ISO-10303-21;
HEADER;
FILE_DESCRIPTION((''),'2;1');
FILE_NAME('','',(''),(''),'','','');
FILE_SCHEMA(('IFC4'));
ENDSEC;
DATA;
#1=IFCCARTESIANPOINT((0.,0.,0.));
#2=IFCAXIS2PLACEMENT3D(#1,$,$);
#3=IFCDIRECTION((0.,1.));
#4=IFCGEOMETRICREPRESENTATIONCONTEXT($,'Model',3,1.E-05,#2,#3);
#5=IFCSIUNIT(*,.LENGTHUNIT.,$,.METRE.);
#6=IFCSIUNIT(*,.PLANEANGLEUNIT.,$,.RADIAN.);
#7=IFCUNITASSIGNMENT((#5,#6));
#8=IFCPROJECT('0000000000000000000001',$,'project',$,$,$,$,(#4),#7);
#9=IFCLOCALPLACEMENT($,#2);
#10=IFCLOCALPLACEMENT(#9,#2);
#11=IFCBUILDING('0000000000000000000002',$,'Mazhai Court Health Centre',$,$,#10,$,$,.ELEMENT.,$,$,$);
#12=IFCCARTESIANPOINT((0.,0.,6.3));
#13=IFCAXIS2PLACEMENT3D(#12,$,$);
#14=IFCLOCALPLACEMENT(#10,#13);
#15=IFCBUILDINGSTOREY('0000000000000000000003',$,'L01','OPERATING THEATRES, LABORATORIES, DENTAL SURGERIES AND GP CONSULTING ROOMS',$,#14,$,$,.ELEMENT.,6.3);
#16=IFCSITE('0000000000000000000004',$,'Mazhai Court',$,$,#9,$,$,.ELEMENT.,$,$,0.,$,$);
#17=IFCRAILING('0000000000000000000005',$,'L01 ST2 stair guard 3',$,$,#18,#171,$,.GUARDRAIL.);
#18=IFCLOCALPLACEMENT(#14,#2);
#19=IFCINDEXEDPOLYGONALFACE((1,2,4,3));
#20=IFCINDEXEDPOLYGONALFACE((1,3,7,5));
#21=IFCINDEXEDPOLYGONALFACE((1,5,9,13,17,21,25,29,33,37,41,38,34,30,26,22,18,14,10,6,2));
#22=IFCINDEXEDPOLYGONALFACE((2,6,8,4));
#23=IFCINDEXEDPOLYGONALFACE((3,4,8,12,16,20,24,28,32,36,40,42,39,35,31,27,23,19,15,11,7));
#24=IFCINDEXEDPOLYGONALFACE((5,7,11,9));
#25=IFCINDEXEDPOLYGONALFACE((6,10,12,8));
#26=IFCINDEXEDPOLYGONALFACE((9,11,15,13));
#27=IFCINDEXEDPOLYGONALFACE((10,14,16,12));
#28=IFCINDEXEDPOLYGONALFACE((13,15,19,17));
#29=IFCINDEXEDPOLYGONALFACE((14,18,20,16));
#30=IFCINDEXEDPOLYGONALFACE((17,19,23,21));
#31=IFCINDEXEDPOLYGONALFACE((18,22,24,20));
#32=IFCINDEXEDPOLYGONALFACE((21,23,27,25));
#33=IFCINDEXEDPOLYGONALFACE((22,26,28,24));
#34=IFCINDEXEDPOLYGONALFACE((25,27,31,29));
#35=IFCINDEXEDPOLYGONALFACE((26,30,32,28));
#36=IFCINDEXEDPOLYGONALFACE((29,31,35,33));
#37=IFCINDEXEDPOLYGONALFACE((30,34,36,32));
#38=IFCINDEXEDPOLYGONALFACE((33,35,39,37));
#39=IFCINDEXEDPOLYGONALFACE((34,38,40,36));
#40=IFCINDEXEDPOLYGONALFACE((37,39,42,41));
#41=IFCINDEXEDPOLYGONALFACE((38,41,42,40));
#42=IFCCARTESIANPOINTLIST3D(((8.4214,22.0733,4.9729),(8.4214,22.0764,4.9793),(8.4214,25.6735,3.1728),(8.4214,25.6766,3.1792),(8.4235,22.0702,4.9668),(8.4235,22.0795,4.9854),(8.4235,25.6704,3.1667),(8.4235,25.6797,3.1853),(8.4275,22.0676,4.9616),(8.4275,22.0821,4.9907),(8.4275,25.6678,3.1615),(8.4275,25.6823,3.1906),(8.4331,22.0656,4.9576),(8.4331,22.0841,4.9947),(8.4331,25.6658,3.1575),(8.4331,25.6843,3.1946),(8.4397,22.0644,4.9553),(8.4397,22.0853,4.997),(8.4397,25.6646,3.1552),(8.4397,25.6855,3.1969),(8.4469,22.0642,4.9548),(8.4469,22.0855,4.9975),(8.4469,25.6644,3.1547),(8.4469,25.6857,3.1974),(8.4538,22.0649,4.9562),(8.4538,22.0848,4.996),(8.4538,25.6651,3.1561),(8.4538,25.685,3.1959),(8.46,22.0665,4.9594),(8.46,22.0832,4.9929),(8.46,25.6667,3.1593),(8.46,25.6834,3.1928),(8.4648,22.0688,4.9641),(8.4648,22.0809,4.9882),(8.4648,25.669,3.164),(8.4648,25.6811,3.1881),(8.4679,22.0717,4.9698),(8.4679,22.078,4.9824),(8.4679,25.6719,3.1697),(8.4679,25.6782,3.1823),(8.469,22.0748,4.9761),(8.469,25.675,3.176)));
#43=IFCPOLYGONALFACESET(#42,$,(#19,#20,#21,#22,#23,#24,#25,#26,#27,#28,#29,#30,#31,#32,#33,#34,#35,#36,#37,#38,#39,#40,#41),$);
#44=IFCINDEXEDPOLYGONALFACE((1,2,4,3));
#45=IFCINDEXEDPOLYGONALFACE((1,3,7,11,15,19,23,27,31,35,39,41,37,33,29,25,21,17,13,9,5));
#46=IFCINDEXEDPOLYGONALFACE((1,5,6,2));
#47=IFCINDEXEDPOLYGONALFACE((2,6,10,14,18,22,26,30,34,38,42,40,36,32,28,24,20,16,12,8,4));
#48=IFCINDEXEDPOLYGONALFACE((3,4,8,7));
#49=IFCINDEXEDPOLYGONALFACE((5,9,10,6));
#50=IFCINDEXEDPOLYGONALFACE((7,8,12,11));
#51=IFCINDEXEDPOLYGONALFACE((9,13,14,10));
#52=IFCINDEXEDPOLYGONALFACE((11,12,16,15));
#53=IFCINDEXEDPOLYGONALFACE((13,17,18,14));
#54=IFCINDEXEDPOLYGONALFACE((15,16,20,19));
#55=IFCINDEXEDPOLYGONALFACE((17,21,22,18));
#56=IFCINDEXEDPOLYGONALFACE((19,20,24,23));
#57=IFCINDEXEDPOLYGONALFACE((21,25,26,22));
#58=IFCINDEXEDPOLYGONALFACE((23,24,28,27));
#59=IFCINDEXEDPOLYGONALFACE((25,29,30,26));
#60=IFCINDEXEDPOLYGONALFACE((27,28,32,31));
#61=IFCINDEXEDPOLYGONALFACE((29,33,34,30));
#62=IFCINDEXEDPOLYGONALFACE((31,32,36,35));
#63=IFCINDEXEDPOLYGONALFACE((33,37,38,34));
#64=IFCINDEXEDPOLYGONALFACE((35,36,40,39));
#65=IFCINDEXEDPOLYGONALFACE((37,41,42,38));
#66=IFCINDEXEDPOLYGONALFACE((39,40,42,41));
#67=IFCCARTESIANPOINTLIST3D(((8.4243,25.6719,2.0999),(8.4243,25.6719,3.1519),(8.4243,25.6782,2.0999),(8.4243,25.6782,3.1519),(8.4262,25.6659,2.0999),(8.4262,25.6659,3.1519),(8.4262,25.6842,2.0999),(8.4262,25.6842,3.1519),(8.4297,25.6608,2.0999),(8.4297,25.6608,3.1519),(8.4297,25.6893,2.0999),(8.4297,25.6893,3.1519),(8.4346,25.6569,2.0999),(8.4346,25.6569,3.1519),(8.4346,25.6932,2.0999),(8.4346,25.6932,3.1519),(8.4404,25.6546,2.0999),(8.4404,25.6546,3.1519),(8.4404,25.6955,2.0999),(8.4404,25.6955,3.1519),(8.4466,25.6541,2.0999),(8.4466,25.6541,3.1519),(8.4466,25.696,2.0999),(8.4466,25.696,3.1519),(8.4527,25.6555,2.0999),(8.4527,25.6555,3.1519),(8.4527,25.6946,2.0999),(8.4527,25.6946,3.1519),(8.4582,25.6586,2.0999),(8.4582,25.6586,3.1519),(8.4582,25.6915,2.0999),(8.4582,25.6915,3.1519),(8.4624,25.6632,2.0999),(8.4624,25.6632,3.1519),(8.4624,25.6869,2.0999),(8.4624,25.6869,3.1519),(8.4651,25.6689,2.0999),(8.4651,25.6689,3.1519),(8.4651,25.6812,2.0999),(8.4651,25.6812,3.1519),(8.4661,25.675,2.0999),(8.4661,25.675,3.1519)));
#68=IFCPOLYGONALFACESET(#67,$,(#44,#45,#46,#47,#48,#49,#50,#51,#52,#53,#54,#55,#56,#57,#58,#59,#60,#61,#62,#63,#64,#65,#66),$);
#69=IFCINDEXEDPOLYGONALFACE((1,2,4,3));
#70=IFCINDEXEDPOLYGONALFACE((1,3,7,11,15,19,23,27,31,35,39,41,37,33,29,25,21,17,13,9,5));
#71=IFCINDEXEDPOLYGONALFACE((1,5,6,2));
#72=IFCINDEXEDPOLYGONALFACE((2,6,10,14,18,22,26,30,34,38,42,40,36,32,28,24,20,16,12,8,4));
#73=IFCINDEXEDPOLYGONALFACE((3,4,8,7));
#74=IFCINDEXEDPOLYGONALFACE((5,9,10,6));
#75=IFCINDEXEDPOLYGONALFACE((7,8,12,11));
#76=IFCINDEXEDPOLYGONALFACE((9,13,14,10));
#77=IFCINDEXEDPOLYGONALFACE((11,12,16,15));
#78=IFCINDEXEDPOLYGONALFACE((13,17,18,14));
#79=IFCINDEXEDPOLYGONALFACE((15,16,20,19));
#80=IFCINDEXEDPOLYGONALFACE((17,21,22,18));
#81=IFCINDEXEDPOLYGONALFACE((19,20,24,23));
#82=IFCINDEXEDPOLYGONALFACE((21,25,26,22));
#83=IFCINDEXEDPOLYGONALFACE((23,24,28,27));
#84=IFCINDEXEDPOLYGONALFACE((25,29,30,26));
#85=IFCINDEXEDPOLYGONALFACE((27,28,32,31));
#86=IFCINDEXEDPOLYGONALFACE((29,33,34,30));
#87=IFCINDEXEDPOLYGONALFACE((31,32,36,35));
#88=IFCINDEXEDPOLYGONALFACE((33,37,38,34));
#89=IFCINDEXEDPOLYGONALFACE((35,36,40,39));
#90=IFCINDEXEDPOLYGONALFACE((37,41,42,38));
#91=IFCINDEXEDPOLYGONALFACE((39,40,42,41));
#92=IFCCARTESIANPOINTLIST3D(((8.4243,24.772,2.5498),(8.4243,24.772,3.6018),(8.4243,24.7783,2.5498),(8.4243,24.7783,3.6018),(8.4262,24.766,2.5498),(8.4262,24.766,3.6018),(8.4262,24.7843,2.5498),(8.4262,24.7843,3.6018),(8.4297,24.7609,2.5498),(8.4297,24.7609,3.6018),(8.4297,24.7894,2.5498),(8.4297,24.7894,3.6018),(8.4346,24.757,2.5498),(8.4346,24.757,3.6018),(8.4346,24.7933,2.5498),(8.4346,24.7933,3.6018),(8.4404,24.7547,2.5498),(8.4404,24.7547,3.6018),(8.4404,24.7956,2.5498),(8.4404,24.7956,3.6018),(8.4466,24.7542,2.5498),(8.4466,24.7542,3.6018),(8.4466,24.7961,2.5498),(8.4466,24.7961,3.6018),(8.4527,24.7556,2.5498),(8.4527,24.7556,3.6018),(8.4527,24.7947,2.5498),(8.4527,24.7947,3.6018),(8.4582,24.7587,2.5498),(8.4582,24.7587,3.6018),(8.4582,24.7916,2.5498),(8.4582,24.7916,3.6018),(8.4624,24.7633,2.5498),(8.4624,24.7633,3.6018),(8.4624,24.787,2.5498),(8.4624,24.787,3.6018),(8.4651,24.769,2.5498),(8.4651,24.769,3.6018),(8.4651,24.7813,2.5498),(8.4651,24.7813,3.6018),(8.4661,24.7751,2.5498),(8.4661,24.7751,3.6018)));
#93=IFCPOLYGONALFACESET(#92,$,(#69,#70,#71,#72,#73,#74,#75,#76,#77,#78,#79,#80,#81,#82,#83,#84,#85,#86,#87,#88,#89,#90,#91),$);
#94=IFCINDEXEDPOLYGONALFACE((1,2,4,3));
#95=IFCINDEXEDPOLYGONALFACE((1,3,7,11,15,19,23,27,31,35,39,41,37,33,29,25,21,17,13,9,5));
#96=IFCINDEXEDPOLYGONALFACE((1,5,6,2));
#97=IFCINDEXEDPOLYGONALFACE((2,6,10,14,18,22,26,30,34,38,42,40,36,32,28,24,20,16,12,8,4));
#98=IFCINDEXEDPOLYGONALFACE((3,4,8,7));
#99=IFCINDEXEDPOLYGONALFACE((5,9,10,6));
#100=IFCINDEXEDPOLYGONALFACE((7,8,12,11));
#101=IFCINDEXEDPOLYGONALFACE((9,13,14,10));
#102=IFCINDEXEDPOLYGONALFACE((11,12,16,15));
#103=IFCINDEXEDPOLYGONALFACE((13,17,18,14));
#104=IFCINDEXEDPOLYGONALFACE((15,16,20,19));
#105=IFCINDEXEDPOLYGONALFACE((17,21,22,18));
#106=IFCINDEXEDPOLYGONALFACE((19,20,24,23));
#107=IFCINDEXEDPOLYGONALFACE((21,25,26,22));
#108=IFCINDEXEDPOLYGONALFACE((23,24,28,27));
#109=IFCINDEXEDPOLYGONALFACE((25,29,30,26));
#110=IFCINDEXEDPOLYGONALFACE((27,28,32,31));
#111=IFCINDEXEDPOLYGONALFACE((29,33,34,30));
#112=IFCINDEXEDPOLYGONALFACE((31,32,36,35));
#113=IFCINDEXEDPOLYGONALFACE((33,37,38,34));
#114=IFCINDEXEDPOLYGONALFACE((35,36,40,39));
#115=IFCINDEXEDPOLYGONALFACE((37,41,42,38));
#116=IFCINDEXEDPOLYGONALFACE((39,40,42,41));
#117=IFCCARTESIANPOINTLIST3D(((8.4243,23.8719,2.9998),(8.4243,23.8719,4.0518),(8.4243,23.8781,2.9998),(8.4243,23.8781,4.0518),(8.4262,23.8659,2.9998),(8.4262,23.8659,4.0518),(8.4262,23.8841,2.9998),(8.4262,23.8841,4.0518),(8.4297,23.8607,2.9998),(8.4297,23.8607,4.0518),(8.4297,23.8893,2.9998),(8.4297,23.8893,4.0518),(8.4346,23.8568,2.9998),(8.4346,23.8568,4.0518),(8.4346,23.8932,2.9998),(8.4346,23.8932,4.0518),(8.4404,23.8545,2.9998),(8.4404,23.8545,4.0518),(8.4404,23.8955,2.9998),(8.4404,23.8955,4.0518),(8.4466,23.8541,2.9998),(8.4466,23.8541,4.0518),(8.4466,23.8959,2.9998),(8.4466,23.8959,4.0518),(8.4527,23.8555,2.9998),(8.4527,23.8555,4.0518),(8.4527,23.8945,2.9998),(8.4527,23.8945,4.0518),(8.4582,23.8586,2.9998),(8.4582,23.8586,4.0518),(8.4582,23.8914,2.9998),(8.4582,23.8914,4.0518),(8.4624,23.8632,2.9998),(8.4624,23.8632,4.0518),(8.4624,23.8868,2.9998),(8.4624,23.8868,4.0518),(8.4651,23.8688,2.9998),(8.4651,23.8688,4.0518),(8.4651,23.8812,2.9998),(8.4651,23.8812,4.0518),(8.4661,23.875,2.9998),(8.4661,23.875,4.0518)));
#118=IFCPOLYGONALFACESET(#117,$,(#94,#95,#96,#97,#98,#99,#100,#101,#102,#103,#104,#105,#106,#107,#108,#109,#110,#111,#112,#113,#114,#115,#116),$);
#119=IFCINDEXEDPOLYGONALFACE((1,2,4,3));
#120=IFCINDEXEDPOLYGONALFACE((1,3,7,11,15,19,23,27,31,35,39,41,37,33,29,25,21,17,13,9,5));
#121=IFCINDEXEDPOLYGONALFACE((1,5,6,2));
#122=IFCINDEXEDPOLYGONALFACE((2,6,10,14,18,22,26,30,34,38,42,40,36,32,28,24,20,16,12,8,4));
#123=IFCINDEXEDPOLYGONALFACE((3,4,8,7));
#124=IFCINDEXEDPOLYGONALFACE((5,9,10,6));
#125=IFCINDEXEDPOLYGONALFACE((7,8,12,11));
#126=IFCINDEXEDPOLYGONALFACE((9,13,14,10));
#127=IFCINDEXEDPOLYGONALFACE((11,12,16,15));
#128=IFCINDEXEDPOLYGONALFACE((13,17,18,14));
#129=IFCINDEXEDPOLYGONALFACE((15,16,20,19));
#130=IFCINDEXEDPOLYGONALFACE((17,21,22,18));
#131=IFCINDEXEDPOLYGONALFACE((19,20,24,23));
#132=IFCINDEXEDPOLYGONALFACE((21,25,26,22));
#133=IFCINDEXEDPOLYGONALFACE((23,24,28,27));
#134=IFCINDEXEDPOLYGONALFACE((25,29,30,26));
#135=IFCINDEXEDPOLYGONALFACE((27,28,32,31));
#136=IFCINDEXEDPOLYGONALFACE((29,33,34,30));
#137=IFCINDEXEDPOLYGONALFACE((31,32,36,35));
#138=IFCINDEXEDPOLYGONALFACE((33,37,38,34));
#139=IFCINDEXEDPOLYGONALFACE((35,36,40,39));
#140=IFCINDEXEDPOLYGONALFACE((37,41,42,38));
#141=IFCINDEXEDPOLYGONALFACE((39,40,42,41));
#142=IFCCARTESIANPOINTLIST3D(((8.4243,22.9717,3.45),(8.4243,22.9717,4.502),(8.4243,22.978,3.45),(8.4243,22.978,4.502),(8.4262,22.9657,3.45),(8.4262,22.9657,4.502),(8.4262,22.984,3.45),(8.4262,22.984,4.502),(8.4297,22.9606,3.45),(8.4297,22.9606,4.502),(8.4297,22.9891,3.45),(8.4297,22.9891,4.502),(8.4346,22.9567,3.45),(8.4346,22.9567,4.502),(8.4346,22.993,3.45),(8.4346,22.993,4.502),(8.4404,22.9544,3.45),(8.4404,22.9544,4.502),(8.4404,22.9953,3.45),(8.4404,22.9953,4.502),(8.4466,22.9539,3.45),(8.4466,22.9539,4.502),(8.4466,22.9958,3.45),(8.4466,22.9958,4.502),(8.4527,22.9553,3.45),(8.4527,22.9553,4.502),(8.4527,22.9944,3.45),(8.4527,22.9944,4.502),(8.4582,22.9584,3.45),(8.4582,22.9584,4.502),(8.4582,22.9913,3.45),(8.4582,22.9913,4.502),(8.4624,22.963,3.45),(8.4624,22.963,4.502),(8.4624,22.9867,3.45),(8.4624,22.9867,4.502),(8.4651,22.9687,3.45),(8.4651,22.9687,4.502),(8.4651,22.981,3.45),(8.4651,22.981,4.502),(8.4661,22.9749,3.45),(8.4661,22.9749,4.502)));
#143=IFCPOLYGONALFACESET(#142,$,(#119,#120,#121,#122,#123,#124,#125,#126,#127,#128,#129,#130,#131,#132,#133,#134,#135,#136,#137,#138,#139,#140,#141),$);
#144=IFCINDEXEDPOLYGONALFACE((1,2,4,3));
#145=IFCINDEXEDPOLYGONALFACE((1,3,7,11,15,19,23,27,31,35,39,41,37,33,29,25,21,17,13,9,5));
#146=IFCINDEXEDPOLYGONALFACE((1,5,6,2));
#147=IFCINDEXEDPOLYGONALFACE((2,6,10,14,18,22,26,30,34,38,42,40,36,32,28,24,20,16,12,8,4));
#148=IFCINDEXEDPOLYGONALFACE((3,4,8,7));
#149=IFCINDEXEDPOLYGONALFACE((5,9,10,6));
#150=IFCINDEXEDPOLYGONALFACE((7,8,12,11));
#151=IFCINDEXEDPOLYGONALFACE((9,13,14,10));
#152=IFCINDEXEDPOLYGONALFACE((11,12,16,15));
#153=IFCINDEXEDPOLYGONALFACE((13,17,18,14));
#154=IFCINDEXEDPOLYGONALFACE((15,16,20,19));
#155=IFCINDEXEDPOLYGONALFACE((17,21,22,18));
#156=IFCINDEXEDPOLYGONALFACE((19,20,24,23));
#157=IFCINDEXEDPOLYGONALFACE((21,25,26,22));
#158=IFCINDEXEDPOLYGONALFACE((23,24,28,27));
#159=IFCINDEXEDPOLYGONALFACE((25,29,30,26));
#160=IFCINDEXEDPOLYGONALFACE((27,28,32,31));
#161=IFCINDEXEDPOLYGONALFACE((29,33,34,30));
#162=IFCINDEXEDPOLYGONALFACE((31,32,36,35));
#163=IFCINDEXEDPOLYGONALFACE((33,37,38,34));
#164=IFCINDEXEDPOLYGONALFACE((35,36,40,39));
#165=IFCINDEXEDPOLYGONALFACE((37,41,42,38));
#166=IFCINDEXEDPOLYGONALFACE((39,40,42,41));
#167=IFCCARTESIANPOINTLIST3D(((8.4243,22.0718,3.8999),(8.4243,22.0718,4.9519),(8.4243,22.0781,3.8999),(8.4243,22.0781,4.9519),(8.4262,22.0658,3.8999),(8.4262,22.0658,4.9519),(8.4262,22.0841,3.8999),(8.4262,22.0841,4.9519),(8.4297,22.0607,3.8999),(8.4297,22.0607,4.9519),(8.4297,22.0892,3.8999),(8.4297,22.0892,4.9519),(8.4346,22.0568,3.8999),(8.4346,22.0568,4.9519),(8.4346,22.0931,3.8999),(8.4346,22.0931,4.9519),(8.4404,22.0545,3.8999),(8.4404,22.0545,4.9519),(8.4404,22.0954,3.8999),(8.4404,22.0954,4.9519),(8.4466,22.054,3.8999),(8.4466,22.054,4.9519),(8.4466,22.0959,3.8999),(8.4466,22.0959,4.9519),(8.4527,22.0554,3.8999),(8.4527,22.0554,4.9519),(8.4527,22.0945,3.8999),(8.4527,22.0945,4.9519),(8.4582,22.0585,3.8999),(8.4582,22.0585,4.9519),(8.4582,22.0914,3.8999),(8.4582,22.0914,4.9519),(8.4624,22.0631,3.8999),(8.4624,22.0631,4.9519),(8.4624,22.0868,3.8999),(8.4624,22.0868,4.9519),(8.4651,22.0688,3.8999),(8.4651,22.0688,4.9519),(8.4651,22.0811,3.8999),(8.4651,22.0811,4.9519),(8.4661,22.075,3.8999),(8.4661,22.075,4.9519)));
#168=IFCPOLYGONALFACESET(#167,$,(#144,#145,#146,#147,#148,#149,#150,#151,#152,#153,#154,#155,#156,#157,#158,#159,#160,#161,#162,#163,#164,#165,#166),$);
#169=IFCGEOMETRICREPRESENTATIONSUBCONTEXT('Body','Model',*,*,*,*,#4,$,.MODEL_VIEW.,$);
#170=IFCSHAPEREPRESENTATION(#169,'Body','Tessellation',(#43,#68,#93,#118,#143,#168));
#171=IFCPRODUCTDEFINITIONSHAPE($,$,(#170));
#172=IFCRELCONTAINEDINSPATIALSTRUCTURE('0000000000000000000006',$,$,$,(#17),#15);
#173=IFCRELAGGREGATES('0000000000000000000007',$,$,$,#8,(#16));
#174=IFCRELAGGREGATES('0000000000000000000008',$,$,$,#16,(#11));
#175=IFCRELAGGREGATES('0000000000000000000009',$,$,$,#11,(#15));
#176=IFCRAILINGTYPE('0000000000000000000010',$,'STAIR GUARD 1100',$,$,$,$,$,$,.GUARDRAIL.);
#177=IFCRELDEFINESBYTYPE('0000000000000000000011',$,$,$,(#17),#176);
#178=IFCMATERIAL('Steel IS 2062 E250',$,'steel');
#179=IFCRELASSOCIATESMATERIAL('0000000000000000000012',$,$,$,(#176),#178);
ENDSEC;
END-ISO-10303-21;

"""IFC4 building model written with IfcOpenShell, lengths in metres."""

from ifc_helpers import new_model, si_unit, direction, frame, origin, origin_2d, place, context, subcontext, project, spatial, circle, extrude, material, type_object, element, save


model = new_model("IFC4")

# Units and contexts
model_context = context("Model", 3, precision=1e-05, world=origin(), true_north=direction((0.0, 1.0)))
body_context = subcontext(model_context, "Body", "Model", "MODEL_VIEW")
ifc_project = project(units=[si_unit("LENGTHUNIT", "METRE"), si_unit("PLANEANGLEUNIT", "RADIAN")], contexts=[model_context])

# Site, building, storey
site_placement = place(None, origin())
site = spatial("IfcSite", under=ifc_project, at=site_placement, Name="Mazhai Court", CompositionType="ELEMENT", RefElevation=0.0)
building_placement = place(site_placement, origin())
building = spatial("IfcBuilding", under=site, at=building_placement, Name="Mazhai Court Health Centre", CompositionType="ELEMENT")
storey_placement = place(building_placement, frame((0.0, 0.0, 6.3)))
storey = spatial("IfcBuildingStorey", under=building, at=storey_placement, Name="L01", Description="OPERATING THEATRES, LABORATORIES, DENTAL SURGERIES AND GP CONSULTING ROOMS", CompositionType="ELEMENT", Elevation=6.3)

# Railing
ifc_material_1 = material(Name="Steel IS 2062 E250", Category="steel")
railing_type_1 = type_object("IfcRailingType", Name="STAIR GUARD 1100", PredefinedType="GUARDRAIL", material=ifc_material_1)
railing_1_placement = place(storey_placement, frame((8.4451, 25.675, 2.0999)))
element("IfcRailing", 1, at=railing_1_placement, inside=storey, type_object=railing_type_1, Name="L01 ST2 stair guard 3", PredefinedType="GUARDRAIL", context=body_context, shape_type="SweptSolid", body=[
    extrude(circle(Radius=0.0239, at=origin_2d()), frame((0.0, 0.0, 1.0762), z_axis=(0.0, -0.894427, 0.447214), x_axis=(1.0, 0.0, 0.0)), (0.0, 0.0, 1.0), 4.0251),
    extrude(circle(Radius=0.021, at=origin_2d()), origin(), (0.0, 0.0, 1.0), 1.052),
    extrude(circle(Radius=0.021, at=origin_2d()), frame((0.0, -0.8999, 0.45)), (0.0, 0.0, 1.0), 1.052),
    extrude(circle(Radius=0.021, at=origin_2d()), frame((0.0, -1.8, 0.8999)), (0.0, 0.0, 1.0), 1.052),
    extrude(circle(Radius=0.021, at=origin_2d()), frame((0.0, -2.7002, 1.3501)), (0.0, 0.0, 1.0), 1.052),
    extrude(circle(Radius=0.021, at=origin_2d()), frame((0.0, -3.6001, 1.8)), (0.0, 0.0, 1.0), 1.052),
])

save(model, "model.ifc")
